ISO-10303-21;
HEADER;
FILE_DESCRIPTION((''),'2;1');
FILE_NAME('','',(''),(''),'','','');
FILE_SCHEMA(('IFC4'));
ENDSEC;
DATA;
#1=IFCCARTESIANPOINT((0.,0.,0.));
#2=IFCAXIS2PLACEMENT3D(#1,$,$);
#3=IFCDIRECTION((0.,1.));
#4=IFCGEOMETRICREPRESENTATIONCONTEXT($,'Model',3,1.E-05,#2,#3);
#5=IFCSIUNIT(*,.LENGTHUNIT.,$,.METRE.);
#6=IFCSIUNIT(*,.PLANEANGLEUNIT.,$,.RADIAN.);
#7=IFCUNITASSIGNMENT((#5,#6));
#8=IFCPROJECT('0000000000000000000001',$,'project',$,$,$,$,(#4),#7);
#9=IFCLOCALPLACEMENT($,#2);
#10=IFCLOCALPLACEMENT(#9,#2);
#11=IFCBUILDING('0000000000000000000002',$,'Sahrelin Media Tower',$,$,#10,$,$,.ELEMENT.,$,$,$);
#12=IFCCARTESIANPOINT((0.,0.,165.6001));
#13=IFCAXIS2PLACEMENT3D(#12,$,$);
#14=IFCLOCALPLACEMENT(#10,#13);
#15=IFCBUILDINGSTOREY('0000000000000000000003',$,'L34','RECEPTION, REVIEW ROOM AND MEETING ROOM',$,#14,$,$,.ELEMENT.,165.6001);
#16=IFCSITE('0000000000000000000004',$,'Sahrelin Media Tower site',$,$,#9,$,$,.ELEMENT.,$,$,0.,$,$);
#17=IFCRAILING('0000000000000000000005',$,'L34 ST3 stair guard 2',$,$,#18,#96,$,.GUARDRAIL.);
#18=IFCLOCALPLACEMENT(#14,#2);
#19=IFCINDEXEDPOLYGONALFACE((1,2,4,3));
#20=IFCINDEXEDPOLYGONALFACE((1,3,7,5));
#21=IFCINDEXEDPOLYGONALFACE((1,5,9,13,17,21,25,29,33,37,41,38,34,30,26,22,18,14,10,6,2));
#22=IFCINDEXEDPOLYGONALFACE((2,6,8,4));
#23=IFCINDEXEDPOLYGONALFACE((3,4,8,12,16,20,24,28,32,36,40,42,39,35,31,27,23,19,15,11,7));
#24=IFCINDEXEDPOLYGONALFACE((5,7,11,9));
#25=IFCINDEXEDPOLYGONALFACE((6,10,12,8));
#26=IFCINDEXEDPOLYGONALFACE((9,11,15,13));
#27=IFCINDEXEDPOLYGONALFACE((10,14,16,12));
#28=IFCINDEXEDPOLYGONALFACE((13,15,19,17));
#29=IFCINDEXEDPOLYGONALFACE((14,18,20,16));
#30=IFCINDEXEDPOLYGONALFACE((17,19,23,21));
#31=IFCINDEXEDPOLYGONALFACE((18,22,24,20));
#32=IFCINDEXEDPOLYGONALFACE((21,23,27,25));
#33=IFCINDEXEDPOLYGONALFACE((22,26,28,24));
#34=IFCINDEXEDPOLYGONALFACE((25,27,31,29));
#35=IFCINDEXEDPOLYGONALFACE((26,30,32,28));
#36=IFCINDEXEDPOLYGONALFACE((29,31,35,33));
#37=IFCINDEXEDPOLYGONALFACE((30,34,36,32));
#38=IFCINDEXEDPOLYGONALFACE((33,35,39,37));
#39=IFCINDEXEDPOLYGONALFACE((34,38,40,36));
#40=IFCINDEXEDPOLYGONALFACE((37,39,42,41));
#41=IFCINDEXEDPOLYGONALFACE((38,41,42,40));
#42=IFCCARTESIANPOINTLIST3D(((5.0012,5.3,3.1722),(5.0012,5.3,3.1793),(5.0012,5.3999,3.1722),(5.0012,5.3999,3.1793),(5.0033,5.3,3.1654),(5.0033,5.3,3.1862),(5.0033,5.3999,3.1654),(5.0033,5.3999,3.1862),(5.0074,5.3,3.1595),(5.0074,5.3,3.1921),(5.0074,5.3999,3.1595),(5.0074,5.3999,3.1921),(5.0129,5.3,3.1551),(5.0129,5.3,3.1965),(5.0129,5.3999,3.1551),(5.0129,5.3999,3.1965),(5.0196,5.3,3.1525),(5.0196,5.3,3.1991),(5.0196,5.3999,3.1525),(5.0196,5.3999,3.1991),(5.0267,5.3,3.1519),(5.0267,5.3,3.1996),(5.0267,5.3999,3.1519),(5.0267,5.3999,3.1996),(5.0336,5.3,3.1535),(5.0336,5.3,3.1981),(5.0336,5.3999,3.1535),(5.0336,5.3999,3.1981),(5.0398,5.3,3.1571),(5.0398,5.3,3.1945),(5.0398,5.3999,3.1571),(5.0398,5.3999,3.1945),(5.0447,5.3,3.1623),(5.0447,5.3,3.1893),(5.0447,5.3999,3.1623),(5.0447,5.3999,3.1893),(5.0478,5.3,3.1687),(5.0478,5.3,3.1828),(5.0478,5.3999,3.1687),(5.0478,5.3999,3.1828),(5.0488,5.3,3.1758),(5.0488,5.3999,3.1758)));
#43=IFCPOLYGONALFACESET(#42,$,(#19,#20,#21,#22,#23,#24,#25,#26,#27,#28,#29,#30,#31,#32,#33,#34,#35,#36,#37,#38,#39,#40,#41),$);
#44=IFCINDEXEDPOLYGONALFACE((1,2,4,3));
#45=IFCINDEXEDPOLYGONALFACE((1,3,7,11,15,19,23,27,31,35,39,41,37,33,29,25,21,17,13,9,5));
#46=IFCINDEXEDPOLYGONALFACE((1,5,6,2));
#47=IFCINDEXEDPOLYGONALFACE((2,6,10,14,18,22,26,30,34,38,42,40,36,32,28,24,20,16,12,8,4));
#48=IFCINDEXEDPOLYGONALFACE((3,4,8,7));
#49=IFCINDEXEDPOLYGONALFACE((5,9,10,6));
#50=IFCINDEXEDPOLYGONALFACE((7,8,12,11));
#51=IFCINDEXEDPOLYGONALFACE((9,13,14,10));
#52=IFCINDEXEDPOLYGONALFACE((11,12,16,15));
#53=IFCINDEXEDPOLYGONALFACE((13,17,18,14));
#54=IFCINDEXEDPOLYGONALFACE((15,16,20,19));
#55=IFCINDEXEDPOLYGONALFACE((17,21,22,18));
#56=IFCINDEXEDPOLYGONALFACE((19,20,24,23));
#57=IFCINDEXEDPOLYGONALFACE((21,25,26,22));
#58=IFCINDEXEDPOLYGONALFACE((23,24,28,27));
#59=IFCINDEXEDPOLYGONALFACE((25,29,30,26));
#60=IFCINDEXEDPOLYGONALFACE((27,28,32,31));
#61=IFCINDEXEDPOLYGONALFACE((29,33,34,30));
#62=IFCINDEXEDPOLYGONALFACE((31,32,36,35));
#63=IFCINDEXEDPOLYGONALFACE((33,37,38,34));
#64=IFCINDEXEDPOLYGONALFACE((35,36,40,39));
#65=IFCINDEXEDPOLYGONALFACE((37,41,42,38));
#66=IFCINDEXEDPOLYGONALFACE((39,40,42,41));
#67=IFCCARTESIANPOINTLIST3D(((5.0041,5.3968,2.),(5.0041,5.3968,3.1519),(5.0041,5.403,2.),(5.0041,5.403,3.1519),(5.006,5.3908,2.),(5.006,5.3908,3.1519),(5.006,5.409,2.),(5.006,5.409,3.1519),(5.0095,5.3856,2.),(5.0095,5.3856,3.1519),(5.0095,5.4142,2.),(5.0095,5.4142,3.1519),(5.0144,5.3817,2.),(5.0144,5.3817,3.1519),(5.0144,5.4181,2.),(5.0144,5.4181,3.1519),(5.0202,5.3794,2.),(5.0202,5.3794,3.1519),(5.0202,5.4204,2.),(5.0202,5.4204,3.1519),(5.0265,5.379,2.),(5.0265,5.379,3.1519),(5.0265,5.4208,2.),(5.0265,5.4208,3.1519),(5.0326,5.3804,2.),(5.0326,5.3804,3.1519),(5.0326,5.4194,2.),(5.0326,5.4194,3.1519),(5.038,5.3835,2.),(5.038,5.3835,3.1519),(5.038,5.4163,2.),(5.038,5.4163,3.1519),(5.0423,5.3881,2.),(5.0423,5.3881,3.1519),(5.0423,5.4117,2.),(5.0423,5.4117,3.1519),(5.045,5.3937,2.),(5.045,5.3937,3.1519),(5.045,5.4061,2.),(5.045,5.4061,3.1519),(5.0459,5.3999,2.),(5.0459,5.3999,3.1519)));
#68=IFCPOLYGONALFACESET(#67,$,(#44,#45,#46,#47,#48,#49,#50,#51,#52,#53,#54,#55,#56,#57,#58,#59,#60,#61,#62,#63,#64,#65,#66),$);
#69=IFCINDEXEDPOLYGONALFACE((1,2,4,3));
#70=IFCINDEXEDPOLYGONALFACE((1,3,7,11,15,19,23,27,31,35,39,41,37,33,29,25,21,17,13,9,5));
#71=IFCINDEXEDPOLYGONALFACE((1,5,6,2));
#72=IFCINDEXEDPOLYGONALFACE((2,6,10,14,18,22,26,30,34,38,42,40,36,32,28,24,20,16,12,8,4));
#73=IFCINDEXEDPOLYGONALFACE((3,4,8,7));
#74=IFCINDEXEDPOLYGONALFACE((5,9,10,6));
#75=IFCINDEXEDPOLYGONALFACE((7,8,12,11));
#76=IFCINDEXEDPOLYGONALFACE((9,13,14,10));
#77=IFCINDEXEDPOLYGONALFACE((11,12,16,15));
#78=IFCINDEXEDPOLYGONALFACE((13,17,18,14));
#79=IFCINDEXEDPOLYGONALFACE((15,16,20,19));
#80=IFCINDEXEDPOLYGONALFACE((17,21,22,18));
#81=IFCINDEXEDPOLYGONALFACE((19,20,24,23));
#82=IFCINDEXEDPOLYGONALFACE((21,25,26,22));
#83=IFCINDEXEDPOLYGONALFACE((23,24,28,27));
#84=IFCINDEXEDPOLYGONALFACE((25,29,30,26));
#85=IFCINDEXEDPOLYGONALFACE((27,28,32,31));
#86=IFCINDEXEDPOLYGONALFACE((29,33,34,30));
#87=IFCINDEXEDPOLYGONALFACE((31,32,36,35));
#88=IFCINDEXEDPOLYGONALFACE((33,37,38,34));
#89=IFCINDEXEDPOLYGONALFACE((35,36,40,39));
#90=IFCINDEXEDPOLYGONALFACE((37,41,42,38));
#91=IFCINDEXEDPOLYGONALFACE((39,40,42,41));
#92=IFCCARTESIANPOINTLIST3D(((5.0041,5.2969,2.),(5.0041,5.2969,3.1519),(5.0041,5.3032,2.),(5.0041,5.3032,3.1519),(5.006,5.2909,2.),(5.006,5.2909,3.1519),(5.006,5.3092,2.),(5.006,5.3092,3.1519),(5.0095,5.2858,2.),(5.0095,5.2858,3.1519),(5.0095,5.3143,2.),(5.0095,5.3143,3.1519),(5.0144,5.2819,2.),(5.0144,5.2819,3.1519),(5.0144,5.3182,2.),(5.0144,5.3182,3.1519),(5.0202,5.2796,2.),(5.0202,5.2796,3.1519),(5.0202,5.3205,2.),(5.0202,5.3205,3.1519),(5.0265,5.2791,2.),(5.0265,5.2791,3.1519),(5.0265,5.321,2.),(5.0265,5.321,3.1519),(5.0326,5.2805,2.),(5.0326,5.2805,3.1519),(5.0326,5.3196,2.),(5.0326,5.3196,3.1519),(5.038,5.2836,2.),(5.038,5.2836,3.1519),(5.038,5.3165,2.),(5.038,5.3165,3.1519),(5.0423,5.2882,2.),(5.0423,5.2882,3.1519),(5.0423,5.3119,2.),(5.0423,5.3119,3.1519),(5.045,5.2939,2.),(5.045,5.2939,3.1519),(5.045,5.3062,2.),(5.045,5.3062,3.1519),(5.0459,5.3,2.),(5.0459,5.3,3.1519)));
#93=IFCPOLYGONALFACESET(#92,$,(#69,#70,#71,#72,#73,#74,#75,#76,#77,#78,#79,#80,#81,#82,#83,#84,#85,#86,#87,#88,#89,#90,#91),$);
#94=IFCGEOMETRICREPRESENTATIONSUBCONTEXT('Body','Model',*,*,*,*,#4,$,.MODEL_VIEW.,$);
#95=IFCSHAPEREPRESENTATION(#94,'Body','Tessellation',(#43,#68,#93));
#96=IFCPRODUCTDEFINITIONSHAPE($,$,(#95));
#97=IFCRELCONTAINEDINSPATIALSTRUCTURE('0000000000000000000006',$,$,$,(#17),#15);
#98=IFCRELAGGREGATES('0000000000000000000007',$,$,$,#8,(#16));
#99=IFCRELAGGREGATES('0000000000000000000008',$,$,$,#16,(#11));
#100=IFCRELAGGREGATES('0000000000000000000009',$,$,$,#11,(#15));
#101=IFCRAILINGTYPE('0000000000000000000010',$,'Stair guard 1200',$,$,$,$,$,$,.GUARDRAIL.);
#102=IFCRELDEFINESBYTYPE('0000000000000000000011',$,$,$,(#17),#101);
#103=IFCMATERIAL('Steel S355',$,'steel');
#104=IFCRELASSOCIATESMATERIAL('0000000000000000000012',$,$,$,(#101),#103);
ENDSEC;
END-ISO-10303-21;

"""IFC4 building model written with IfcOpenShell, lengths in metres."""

from ifc_helpers import new_model, si_unit, direction, frame, origin, origin_2d, place, context, subcontext, project, spatial, circle, extrude, material, type_object, element, save


model = new_model("IFC4")

# Units and contexts
model_context = context("Model", 3, precision=1e-05, world=origin(), true_north=direction((0.0, 1.0)))
body_context = subcontext(model_context, "Body", "Model", "MODEL_VIEW")
ifc_project = project(units=[si_unit("LENGTHUNIT", "METRE"), si_unit("PLANEANGLEUNIT", "RADIAN")], contexts=[model_context])

# Site, building, storey
site_placement = place(None, origin())
site = spatial("IfcSite", under=ifc_project, at=site_placement, Name="Sahrelin Media Tower site", CompositionType="ELEMENT", RefElevation=0.0)
building_placement = place(site_placement, origin())
building = spatial("IfcBuilding", under=site, at=building_placement, Name="Sahrelin Media Tower", CompositionType="ELEMENT")
storey_placement = place(building_placement, frame((0.0, 0.0, 165.6001)))
storey = spatial("IfcBuildingStorey", under=building, at=storey_placement, Name="L34", Description="RECEPTION, REVIEW ROOM AND MEETING ROOM", CompositionType="ELEMENT", Elevation=165.6001)

# Shared definitions
ifc_material_1 = material(Name="Steel S355", Category="steel")

# Railing
railing_type_1 = type_object("IfcRailingType", Name="Stair guard 1200", PredefinedType="GUARDRAIL", material=ifc_material_1)
railing_1_placement = place(storey_placement, frame((5.0249, 5.3999, 2.0)))
element("IfcRailing", 1, at=railing_1_placement, inside=storey, type_object=railing_type_1, Name="L34 ST3 stair guard 2", PredefinedType="GUARDRAIL", context=body_context, shape_type="SweptSolid", body=[
    extrude(circle(Radius=0.0239, at=origin_2d()), frame((0.0, 0.0, 1.1758), z_axis=(0.0, -1.0, 0.0), x_axis=(1.0, 0.0, 0.0)), (0.0, 0.0, 1.0), 0.0999),
    extrude(circle(Radius=0.021, at=origin_2d()), origin(), (0.0, 0.0, 1.0), 1.1519),
    extrude(circle(Radius=0.021, at=origin_2d()), frame((0.0, -0.0999, 0.0)), (0.0, 0.0, 1.0), 1.1519),
])

save(model, "model.ifc")
